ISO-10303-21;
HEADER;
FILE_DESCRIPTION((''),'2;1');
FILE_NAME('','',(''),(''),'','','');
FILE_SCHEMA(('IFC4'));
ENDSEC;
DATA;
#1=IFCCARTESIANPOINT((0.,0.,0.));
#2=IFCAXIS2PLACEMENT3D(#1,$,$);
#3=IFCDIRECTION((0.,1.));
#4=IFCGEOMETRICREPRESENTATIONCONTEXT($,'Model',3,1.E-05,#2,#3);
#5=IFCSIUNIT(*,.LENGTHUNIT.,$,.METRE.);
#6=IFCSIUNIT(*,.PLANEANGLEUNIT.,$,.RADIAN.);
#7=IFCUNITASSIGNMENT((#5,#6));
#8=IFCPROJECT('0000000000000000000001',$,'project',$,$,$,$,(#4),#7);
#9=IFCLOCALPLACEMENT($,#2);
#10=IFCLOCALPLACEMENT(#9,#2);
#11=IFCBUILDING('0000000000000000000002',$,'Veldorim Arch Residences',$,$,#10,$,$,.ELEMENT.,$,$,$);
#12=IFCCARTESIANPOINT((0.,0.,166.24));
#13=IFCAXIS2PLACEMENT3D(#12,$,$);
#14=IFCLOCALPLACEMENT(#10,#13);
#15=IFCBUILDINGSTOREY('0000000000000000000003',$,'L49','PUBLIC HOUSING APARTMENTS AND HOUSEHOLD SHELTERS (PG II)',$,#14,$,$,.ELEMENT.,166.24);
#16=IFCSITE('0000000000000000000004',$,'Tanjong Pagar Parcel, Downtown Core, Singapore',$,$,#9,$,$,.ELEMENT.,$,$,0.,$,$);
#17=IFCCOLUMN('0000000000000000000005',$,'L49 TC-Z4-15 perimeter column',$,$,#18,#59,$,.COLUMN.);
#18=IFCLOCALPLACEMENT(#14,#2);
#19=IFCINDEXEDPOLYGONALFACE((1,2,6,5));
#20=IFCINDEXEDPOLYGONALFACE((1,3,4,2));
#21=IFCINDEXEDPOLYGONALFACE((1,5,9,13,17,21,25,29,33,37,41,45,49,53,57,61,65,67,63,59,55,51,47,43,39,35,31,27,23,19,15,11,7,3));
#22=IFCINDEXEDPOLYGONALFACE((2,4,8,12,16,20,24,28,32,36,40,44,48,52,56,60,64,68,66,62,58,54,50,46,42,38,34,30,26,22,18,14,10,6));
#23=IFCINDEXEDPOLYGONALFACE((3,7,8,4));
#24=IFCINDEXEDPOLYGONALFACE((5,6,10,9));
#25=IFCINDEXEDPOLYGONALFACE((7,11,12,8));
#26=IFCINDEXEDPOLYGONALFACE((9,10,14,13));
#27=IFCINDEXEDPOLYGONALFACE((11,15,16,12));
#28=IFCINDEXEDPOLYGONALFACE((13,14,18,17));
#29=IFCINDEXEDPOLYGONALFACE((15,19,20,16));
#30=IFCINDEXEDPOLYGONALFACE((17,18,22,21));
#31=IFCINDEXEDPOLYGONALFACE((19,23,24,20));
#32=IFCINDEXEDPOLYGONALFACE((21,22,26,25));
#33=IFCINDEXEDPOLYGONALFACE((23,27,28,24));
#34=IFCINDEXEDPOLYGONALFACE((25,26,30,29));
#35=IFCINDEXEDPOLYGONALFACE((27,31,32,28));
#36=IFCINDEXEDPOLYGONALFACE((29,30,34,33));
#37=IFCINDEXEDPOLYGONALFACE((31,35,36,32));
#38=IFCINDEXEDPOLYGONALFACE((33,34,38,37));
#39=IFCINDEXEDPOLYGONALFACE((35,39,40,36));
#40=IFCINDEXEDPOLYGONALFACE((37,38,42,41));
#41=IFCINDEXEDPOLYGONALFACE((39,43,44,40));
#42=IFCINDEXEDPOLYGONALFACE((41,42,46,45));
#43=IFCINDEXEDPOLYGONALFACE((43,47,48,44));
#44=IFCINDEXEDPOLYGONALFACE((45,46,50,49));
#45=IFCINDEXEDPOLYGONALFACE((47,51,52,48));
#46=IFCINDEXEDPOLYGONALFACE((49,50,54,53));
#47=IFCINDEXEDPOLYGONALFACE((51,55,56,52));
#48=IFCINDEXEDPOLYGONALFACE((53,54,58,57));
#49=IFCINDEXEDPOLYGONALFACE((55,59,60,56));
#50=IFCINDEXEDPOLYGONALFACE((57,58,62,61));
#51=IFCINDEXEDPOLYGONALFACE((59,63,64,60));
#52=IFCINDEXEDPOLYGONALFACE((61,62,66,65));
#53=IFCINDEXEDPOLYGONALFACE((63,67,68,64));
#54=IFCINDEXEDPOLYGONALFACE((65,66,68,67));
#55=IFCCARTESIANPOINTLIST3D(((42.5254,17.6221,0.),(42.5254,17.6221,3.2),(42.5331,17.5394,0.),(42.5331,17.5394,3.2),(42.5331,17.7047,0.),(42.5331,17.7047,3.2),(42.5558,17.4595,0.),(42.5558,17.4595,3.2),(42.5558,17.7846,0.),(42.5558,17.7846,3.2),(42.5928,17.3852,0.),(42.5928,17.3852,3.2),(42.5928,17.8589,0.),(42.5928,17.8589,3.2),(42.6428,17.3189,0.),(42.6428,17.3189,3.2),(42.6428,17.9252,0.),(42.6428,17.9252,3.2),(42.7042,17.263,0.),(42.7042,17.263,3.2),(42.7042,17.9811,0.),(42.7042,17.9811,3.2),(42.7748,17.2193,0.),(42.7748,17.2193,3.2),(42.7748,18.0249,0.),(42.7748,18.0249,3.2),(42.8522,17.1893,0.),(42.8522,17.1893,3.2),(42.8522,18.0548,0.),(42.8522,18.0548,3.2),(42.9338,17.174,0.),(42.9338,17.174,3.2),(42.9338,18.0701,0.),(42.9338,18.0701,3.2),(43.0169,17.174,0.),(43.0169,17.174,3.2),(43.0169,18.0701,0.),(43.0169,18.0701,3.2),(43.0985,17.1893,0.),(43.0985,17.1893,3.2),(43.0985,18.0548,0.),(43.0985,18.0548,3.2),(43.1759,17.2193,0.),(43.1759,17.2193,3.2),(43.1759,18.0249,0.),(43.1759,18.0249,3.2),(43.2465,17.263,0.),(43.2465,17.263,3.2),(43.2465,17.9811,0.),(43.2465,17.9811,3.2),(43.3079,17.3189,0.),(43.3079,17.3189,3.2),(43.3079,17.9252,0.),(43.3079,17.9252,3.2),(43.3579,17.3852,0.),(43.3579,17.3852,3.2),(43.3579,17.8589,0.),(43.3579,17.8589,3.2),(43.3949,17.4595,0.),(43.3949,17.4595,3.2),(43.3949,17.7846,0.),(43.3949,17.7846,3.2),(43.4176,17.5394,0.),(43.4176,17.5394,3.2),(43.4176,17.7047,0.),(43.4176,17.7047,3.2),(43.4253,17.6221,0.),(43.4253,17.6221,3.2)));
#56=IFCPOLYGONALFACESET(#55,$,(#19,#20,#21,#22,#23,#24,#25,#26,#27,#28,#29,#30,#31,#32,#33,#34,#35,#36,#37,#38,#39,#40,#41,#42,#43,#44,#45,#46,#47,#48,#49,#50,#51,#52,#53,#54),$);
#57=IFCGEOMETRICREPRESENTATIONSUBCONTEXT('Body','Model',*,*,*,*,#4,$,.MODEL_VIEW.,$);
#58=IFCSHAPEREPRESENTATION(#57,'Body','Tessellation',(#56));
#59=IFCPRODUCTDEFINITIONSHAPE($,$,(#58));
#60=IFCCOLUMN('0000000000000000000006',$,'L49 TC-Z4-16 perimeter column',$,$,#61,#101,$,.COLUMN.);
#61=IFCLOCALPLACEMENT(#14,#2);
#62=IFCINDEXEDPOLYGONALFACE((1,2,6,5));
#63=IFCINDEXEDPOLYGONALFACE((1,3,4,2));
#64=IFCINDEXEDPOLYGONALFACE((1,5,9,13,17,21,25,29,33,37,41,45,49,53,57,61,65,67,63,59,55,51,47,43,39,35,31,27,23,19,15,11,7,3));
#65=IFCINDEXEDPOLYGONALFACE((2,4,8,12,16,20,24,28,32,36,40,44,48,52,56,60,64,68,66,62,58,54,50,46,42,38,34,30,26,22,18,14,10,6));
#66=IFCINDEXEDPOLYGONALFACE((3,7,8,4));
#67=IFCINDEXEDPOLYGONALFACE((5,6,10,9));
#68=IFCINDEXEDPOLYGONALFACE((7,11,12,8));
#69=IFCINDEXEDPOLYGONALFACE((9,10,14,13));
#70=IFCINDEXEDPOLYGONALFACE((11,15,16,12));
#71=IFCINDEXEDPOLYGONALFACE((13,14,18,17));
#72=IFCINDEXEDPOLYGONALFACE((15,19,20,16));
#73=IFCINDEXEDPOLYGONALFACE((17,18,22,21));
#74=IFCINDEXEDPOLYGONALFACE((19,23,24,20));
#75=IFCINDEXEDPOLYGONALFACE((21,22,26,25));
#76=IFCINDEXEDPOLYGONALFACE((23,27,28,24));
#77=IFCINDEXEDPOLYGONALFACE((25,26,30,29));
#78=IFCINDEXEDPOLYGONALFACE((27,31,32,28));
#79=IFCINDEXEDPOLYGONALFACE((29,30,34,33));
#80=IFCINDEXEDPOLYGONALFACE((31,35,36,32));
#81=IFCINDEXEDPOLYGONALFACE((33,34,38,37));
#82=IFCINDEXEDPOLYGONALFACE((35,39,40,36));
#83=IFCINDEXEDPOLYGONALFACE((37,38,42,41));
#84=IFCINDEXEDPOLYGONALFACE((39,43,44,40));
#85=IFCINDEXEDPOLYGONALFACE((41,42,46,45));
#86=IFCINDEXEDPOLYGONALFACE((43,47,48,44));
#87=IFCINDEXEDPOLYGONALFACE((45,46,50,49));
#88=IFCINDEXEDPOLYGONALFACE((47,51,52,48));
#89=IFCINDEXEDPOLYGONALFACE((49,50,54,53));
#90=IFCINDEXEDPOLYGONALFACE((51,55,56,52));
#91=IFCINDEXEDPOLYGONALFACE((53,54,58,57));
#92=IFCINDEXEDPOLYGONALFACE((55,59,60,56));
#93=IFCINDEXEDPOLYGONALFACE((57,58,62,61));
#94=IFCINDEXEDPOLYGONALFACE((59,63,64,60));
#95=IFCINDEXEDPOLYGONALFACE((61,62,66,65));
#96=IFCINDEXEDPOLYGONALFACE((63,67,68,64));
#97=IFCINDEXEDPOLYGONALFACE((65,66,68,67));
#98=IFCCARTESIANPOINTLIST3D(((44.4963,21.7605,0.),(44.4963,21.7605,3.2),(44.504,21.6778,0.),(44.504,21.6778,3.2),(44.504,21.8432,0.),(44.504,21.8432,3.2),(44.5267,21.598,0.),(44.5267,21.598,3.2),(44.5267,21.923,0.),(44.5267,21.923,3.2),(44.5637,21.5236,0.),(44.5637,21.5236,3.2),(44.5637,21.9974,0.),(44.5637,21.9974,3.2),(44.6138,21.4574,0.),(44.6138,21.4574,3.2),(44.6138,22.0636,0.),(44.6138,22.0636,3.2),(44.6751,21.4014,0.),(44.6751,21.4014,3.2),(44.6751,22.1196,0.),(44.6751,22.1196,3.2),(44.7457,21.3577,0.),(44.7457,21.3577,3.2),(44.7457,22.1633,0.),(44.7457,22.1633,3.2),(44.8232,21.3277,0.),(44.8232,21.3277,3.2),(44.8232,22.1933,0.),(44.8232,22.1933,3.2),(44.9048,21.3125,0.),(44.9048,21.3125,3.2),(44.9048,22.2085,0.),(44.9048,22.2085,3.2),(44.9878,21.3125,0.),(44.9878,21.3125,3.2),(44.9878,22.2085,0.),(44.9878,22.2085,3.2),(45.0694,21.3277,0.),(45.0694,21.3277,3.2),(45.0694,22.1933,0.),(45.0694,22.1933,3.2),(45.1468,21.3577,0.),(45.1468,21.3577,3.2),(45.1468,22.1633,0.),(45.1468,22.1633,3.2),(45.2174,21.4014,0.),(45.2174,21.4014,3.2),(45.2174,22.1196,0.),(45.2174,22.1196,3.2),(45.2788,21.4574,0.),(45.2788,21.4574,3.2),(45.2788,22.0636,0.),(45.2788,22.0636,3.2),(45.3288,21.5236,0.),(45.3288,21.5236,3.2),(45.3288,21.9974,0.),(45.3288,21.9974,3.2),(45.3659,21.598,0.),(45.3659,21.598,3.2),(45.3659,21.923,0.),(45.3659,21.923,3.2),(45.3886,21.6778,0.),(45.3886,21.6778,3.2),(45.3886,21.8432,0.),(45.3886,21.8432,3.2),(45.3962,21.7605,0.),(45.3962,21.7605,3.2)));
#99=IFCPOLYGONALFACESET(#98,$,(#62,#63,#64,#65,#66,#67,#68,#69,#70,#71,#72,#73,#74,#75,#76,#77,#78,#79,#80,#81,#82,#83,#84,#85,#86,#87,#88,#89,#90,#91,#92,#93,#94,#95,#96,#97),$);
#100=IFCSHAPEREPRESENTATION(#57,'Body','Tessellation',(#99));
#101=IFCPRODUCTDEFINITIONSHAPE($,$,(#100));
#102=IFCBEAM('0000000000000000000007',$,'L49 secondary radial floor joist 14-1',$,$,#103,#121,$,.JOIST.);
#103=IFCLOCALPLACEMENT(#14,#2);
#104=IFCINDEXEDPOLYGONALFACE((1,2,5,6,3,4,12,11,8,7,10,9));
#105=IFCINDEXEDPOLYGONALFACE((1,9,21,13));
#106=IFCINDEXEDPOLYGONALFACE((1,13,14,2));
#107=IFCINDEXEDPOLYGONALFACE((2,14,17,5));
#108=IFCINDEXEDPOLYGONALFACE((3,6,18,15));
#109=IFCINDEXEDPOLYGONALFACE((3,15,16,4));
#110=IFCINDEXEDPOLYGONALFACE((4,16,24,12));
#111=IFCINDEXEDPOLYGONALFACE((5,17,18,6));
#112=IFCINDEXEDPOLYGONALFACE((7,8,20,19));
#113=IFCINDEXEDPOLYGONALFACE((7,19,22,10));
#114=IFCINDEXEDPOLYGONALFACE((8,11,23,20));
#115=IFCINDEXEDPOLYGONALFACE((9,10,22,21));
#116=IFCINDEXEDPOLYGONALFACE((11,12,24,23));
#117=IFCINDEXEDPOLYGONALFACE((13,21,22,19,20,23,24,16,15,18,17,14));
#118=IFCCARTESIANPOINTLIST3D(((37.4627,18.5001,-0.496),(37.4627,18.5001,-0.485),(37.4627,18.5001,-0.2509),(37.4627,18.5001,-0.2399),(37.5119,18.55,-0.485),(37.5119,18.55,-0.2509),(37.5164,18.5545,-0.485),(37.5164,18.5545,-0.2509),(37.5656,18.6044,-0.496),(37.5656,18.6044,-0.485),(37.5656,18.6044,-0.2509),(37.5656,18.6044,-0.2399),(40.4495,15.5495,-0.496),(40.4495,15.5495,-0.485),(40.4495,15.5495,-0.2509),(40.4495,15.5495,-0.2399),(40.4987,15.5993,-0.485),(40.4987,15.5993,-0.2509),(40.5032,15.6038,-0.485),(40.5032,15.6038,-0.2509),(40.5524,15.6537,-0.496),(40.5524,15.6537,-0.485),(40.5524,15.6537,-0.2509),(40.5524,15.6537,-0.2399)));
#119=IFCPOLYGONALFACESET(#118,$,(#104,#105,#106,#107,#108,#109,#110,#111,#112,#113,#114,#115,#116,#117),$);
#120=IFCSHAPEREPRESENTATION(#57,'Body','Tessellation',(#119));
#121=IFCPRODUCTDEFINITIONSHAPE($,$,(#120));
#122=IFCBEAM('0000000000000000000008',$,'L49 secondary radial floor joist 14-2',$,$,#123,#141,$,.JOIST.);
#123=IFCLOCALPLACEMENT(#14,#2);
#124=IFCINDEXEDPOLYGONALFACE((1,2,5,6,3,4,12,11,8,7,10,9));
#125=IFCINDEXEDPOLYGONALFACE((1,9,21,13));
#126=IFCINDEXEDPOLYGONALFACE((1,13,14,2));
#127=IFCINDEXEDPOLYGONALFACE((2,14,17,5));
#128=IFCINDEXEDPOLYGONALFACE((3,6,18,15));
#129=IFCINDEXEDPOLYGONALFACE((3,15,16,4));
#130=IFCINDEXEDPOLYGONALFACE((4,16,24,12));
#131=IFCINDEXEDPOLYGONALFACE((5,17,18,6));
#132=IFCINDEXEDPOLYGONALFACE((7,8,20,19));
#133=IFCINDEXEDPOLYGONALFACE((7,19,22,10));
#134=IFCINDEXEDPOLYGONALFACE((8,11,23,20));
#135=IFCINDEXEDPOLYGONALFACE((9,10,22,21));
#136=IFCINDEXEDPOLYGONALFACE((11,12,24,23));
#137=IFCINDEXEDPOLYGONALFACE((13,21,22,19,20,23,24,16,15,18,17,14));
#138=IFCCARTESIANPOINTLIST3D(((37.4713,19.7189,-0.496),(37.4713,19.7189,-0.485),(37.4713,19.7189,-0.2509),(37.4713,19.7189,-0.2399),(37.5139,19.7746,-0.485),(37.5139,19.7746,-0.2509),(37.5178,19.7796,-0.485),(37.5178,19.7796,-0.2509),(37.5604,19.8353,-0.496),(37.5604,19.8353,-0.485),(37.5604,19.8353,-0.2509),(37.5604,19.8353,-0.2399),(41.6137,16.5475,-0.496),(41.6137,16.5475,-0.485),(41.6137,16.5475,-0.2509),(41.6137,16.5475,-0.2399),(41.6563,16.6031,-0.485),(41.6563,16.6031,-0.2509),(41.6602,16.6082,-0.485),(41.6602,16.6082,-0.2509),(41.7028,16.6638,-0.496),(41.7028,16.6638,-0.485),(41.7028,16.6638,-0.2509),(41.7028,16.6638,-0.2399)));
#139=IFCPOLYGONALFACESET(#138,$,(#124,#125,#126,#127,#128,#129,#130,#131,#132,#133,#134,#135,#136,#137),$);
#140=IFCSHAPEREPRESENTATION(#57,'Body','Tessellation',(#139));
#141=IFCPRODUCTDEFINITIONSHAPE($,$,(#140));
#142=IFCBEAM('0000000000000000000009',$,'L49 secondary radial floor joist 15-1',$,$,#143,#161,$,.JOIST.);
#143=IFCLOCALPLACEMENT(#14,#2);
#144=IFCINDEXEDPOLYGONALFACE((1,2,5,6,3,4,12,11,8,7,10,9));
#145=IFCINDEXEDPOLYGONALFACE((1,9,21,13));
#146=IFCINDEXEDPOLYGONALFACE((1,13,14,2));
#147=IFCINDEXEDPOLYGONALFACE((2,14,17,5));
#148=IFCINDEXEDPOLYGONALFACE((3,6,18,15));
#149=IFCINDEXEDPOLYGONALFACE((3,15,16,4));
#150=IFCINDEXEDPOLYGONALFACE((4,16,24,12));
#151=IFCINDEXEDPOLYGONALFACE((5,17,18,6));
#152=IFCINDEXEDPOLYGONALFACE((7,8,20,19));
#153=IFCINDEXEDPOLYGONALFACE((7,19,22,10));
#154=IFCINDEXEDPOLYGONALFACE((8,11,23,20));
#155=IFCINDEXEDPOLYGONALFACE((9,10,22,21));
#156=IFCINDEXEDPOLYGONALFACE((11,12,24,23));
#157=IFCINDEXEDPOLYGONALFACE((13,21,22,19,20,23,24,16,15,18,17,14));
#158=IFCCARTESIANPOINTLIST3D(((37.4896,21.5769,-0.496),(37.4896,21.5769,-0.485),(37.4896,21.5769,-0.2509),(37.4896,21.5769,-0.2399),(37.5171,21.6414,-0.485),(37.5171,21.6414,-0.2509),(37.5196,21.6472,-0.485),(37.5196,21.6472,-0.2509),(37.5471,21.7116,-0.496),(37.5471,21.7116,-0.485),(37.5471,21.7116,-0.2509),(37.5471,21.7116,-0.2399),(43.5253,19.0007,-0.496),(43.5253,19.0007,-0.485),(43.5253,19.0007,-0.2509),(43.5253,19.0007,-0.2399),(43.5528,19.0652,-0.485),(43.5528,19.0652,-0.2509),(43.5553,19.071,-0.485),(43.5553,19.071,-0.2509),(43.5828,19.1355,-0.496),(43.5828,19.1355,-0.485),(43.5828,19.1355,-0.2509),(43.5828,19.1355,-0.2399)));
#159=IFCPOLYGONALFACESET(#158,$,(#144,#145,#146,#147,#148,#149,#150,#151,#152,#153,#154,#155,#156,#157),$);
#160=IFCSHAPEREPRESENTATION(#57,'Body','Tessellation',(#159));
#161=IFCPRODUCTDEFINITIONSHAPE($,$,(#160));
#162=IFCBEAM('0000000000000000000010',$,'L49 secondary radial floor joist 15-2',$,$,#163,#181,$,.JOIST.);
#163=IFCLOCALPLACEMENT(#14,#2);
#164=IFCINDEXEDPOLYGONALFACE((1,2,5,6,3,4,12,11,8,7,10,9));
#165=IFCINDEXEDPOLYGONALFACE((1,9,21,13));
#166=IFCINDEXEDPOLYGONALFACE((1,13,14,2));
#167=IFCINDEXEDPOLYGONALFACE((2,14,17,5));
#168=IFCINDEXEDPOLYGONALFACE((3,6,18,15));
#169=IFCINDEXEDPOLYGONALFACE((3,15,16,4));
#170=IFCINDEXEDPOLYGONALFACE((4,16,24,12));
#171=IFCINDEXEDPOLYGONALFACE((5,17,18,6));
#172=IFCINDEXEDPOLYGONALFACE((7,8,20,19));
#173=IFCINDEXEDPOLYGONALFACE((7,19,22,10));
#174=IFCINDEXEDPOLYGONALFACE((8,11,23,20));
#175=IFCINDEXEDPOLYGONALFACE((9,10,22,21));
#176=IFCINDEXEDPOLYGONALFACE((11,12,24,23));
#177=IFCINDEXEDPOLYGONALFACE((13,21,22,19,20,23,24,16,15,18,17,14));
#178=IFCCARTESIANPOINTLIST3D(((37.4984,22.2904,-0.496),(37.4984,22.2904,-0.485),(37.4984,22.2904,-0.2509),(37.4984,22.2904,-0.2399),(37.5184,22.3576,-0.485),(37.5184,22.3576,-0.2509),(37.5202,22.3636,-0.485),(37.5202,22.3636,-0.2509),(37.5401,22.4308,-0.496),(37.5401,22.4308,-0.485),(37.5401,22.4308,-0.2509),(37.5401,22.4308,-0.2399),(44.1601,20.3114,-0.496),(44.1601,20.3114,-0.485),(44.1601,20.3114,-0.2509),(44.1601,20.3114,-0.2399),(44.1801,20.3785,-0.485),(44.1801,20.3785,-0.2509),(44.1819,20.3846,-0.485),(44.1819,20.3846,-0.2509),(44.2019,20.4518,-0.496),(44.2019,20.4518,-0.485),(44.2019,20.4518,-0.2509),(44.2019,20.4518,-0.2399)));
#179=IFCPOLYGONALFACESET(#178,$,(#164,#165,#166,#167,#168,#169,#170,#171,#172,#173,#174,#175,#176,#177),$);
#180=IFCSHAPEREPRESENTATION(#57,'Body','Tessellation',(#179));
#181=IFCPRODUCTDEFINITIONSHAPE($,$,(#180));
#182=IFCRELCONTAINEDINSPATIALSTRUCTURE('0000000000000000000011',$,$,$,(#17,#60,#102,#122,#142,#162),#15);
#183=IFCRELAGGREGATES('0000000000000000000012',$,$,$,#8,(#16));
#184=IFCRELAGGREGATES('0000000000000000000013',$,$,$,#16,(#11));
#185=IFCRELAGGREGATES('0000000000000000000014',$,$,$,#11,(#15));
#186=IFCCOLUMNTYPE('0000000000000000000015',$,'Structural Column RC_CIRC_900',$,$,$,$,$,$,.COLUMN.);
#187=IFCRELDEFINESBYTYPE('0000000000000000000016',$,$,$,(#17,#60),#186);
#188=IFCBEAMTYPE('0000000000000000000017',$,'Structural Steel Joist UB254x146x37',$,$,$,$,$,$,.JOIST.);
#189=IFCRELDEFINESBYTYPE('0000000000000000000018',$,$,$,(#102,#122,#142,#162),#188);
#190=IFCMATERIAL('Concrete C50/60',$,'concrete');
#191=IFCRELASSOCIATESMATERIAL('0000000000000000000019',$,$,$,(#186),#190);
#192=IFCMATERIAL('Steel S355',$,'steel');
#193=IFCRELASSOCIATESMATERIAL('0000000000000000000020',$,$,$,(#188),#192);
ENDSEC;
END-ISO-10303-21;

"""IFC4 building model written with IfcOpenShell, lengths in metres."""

from ifc_helpers import new_model, si_unit, direction, frame, origin, origin_2d, place, context, subcontext, project, spatial, circle, i_section, extrude, material, material_profile, profile_set, type_object, element, save


model = new_model("IFC4")

# Units and contexts
model_context = context("Model", 3, precision=1e-05, world=origin(), true_north=direction((0.0, 1.0)))
body_context = subcontext(model_context, "Body", "Model", "MODEL_VIEW")
ifc_project = project(units=[si_unit("LENGTHUNIT", "METRE"), si_unit("PLANEANGLEUNIT", "RADIAN")], contexts=[model_context])

# Site, building, storey
site_placement = place(None, origin())
site = spatial("IfcSite", under=ifc_project, at=site_placement, Name="Tanjong Pagar Parcel, Downtown Core, Singapore", CompositionType="ELEMENT", RefElevation=0.0)
building_placement = place(site_placement, origin())
building = spatial("IfcBuilding", under=site, at=building_placement, Name="Veldorim Arch Residences", CompositionType="ELEMENT")
storey_placement = place(building_placement, frame((0.0, 0.0, 166.24)))
storey = spatial("IfcBuildingStorey", under=building, at=storey_placement, Name="L49", Description="PUBLIC HOUSING APARTMENTS AND HOUSEHOLD SHELTERS (PG II)", CompositionType="ELEMENT", Elevation=166.24)

# Columns
ifc_material_1 = material(Name="Concrete C50/60", Category="concrete")
ifc_material_profile_1 = material_profile(ifc_material_1, circle(Radius=0.45, at=origin_2d()), Name="RC_CIRC_900")
ifc_profile_set_1 = profile_set([ifc_material_profile_1], Name="Concrete C50/60")
column_type = type_object("IfcColumnType", Name="Structural Column RC_CIRC_900", PredefinedType="COLUMN", material=ifc_profile_set_1)
for number, where, z_axis, x_axis, name in (
    (1, (42.9753, 17.6221, 0.0), (0.0, 0.0, 1.0), (1.0, 0.0, 0.0), "L49 TC-Z4-15 perimeter column"),
    (2, (44.9463, 21.7605, 0.0), (0.0, 0.0, 1.0), (1.0, 0.0, 0.0), "L49 TC-Z4-16 perimeter column"),
):
    element("IfcColumn", number, at=place(storey_placement, frame(where, z_axis=z_axis, x_axis=x_axis)), inside=storey, type_object=column_type, Name=name, PredefinedType="COLUMN", context=body_context, shape_type="SweptSolid", body=[
        extrude(circle(Radius=0.45, at=origin_2d()), origin(), (0.0, 0.0, 1.0), 3.2),
    ])

# Beams
ifc_material_2 = material(Name="Steel S355", Category="steel")
ifc_material_profile_2 = material_profile(ifc_material_2, i_section(OverallWidth=0.1465, OverallDepth=0.2561, WebThickness=0.0063, FlangeThickness=0.011, at=origin_2d()), Name="UB254x146x37")
ifc_profile_set_2 = profile_set([ifc_material_profile_2], Name="Steel S355")
beam_type_1 = type_object("IfcBeamType", Name="Structural Steel Joist UB254x146x37", PredefinedType="JOIST", material=ifc_profile_set_2)
beam_1_placement = place(storey_placement, frame((37.5142, 18.5522, -0.3679), z_axis=(0.711397, -0.702791, 0.0), x_axis=(0.702791, 0.711397, 0.0)))
element("IfcBeam", 3, at=beam_1_placement, inside=storey, type_object=beam_type_1, Name="L49 secondary radial floor joist 14-1", PredefinedType="JOIST", context=body_context, shape_type="SweptSolid", body=[
    extrude(i_section(OverallWidth=0.1465, OverallDepth=0.2561, WebThickness=0.0063, FlangeThickness=0.011, at=origin_2d()), origin(), (0.0, 0.0, 1.0), 4.1985),
])
beam_2_placement = place(storey_placement, frame((37.5159, 19.7771, -0.3679), z_axis=(0.794014, -0.6079, 0.0), x_axis=(0.6079, 0.794014, 0.0)))
element("IfcBeam", 4, at=beam_2_placement, inside=storey, type_object=beam_type_1, Name="L49 secondary radial floor joist 14-2", PredefinedType="JOIST", context=body_context, shape_type="SweptSolid", body=[
    extrude(i_section(OverallWidth=0.1465, OverallDepth=0.2561, WebThickness=0.0063, FlangeThickness=0.011, at=origin_2d()), origin(), (0.0, 0.0, 1.0), 5.217),
])
beam_3_placement = place(storey_placement, frame((37.5183, 21.6443, -0.3679), z_axis=(0.919725, -0.392563, 0.0), x_axis=(0.392563, 0.919725, 0.0)))
element("IfcBeam", 5, at=beam_3_placement, inside=storey, type_object=beam_type_1, Name="L49 secondary radial floor joist 15-1", PredefinedType="JOIST", context=body_context, shape_type="SweptSolid", body=[
    extrude(i_section(OverallWidth=0.1465, OverallDepth=0.2561, WebThickness=0.0063, FlangeThickness=0.011, at=origin_2d()), origin(), (0.0, 0.0, 1.0), 6.5625),
])
beam_4_placement = place(storey_placement, frame((37.5193, 22.3606, -0.3679), z_axis=(0.958594, -0.284775, 0.0), x_axis=(0.284775, 0.958594, 0.0)))
element("IfcBeam", 6, at=beam_4_placement, inside=storey, type_object=beam_type_1, Name="L49 secondary radial floor joist 15-2", PredefinedType="JOIST", context=body_context, shape_type="SweptSolid", body=[
    extrude(i_section(OverallWidth=0.1465, OverallDepth=0.2561, WebThickness=0.0063, FlangeThickness=0.011, at=origin_2d()), origin(), (0.0, 0.0, 1.0), 6.9495),
])

save(model, "model.ifc")
